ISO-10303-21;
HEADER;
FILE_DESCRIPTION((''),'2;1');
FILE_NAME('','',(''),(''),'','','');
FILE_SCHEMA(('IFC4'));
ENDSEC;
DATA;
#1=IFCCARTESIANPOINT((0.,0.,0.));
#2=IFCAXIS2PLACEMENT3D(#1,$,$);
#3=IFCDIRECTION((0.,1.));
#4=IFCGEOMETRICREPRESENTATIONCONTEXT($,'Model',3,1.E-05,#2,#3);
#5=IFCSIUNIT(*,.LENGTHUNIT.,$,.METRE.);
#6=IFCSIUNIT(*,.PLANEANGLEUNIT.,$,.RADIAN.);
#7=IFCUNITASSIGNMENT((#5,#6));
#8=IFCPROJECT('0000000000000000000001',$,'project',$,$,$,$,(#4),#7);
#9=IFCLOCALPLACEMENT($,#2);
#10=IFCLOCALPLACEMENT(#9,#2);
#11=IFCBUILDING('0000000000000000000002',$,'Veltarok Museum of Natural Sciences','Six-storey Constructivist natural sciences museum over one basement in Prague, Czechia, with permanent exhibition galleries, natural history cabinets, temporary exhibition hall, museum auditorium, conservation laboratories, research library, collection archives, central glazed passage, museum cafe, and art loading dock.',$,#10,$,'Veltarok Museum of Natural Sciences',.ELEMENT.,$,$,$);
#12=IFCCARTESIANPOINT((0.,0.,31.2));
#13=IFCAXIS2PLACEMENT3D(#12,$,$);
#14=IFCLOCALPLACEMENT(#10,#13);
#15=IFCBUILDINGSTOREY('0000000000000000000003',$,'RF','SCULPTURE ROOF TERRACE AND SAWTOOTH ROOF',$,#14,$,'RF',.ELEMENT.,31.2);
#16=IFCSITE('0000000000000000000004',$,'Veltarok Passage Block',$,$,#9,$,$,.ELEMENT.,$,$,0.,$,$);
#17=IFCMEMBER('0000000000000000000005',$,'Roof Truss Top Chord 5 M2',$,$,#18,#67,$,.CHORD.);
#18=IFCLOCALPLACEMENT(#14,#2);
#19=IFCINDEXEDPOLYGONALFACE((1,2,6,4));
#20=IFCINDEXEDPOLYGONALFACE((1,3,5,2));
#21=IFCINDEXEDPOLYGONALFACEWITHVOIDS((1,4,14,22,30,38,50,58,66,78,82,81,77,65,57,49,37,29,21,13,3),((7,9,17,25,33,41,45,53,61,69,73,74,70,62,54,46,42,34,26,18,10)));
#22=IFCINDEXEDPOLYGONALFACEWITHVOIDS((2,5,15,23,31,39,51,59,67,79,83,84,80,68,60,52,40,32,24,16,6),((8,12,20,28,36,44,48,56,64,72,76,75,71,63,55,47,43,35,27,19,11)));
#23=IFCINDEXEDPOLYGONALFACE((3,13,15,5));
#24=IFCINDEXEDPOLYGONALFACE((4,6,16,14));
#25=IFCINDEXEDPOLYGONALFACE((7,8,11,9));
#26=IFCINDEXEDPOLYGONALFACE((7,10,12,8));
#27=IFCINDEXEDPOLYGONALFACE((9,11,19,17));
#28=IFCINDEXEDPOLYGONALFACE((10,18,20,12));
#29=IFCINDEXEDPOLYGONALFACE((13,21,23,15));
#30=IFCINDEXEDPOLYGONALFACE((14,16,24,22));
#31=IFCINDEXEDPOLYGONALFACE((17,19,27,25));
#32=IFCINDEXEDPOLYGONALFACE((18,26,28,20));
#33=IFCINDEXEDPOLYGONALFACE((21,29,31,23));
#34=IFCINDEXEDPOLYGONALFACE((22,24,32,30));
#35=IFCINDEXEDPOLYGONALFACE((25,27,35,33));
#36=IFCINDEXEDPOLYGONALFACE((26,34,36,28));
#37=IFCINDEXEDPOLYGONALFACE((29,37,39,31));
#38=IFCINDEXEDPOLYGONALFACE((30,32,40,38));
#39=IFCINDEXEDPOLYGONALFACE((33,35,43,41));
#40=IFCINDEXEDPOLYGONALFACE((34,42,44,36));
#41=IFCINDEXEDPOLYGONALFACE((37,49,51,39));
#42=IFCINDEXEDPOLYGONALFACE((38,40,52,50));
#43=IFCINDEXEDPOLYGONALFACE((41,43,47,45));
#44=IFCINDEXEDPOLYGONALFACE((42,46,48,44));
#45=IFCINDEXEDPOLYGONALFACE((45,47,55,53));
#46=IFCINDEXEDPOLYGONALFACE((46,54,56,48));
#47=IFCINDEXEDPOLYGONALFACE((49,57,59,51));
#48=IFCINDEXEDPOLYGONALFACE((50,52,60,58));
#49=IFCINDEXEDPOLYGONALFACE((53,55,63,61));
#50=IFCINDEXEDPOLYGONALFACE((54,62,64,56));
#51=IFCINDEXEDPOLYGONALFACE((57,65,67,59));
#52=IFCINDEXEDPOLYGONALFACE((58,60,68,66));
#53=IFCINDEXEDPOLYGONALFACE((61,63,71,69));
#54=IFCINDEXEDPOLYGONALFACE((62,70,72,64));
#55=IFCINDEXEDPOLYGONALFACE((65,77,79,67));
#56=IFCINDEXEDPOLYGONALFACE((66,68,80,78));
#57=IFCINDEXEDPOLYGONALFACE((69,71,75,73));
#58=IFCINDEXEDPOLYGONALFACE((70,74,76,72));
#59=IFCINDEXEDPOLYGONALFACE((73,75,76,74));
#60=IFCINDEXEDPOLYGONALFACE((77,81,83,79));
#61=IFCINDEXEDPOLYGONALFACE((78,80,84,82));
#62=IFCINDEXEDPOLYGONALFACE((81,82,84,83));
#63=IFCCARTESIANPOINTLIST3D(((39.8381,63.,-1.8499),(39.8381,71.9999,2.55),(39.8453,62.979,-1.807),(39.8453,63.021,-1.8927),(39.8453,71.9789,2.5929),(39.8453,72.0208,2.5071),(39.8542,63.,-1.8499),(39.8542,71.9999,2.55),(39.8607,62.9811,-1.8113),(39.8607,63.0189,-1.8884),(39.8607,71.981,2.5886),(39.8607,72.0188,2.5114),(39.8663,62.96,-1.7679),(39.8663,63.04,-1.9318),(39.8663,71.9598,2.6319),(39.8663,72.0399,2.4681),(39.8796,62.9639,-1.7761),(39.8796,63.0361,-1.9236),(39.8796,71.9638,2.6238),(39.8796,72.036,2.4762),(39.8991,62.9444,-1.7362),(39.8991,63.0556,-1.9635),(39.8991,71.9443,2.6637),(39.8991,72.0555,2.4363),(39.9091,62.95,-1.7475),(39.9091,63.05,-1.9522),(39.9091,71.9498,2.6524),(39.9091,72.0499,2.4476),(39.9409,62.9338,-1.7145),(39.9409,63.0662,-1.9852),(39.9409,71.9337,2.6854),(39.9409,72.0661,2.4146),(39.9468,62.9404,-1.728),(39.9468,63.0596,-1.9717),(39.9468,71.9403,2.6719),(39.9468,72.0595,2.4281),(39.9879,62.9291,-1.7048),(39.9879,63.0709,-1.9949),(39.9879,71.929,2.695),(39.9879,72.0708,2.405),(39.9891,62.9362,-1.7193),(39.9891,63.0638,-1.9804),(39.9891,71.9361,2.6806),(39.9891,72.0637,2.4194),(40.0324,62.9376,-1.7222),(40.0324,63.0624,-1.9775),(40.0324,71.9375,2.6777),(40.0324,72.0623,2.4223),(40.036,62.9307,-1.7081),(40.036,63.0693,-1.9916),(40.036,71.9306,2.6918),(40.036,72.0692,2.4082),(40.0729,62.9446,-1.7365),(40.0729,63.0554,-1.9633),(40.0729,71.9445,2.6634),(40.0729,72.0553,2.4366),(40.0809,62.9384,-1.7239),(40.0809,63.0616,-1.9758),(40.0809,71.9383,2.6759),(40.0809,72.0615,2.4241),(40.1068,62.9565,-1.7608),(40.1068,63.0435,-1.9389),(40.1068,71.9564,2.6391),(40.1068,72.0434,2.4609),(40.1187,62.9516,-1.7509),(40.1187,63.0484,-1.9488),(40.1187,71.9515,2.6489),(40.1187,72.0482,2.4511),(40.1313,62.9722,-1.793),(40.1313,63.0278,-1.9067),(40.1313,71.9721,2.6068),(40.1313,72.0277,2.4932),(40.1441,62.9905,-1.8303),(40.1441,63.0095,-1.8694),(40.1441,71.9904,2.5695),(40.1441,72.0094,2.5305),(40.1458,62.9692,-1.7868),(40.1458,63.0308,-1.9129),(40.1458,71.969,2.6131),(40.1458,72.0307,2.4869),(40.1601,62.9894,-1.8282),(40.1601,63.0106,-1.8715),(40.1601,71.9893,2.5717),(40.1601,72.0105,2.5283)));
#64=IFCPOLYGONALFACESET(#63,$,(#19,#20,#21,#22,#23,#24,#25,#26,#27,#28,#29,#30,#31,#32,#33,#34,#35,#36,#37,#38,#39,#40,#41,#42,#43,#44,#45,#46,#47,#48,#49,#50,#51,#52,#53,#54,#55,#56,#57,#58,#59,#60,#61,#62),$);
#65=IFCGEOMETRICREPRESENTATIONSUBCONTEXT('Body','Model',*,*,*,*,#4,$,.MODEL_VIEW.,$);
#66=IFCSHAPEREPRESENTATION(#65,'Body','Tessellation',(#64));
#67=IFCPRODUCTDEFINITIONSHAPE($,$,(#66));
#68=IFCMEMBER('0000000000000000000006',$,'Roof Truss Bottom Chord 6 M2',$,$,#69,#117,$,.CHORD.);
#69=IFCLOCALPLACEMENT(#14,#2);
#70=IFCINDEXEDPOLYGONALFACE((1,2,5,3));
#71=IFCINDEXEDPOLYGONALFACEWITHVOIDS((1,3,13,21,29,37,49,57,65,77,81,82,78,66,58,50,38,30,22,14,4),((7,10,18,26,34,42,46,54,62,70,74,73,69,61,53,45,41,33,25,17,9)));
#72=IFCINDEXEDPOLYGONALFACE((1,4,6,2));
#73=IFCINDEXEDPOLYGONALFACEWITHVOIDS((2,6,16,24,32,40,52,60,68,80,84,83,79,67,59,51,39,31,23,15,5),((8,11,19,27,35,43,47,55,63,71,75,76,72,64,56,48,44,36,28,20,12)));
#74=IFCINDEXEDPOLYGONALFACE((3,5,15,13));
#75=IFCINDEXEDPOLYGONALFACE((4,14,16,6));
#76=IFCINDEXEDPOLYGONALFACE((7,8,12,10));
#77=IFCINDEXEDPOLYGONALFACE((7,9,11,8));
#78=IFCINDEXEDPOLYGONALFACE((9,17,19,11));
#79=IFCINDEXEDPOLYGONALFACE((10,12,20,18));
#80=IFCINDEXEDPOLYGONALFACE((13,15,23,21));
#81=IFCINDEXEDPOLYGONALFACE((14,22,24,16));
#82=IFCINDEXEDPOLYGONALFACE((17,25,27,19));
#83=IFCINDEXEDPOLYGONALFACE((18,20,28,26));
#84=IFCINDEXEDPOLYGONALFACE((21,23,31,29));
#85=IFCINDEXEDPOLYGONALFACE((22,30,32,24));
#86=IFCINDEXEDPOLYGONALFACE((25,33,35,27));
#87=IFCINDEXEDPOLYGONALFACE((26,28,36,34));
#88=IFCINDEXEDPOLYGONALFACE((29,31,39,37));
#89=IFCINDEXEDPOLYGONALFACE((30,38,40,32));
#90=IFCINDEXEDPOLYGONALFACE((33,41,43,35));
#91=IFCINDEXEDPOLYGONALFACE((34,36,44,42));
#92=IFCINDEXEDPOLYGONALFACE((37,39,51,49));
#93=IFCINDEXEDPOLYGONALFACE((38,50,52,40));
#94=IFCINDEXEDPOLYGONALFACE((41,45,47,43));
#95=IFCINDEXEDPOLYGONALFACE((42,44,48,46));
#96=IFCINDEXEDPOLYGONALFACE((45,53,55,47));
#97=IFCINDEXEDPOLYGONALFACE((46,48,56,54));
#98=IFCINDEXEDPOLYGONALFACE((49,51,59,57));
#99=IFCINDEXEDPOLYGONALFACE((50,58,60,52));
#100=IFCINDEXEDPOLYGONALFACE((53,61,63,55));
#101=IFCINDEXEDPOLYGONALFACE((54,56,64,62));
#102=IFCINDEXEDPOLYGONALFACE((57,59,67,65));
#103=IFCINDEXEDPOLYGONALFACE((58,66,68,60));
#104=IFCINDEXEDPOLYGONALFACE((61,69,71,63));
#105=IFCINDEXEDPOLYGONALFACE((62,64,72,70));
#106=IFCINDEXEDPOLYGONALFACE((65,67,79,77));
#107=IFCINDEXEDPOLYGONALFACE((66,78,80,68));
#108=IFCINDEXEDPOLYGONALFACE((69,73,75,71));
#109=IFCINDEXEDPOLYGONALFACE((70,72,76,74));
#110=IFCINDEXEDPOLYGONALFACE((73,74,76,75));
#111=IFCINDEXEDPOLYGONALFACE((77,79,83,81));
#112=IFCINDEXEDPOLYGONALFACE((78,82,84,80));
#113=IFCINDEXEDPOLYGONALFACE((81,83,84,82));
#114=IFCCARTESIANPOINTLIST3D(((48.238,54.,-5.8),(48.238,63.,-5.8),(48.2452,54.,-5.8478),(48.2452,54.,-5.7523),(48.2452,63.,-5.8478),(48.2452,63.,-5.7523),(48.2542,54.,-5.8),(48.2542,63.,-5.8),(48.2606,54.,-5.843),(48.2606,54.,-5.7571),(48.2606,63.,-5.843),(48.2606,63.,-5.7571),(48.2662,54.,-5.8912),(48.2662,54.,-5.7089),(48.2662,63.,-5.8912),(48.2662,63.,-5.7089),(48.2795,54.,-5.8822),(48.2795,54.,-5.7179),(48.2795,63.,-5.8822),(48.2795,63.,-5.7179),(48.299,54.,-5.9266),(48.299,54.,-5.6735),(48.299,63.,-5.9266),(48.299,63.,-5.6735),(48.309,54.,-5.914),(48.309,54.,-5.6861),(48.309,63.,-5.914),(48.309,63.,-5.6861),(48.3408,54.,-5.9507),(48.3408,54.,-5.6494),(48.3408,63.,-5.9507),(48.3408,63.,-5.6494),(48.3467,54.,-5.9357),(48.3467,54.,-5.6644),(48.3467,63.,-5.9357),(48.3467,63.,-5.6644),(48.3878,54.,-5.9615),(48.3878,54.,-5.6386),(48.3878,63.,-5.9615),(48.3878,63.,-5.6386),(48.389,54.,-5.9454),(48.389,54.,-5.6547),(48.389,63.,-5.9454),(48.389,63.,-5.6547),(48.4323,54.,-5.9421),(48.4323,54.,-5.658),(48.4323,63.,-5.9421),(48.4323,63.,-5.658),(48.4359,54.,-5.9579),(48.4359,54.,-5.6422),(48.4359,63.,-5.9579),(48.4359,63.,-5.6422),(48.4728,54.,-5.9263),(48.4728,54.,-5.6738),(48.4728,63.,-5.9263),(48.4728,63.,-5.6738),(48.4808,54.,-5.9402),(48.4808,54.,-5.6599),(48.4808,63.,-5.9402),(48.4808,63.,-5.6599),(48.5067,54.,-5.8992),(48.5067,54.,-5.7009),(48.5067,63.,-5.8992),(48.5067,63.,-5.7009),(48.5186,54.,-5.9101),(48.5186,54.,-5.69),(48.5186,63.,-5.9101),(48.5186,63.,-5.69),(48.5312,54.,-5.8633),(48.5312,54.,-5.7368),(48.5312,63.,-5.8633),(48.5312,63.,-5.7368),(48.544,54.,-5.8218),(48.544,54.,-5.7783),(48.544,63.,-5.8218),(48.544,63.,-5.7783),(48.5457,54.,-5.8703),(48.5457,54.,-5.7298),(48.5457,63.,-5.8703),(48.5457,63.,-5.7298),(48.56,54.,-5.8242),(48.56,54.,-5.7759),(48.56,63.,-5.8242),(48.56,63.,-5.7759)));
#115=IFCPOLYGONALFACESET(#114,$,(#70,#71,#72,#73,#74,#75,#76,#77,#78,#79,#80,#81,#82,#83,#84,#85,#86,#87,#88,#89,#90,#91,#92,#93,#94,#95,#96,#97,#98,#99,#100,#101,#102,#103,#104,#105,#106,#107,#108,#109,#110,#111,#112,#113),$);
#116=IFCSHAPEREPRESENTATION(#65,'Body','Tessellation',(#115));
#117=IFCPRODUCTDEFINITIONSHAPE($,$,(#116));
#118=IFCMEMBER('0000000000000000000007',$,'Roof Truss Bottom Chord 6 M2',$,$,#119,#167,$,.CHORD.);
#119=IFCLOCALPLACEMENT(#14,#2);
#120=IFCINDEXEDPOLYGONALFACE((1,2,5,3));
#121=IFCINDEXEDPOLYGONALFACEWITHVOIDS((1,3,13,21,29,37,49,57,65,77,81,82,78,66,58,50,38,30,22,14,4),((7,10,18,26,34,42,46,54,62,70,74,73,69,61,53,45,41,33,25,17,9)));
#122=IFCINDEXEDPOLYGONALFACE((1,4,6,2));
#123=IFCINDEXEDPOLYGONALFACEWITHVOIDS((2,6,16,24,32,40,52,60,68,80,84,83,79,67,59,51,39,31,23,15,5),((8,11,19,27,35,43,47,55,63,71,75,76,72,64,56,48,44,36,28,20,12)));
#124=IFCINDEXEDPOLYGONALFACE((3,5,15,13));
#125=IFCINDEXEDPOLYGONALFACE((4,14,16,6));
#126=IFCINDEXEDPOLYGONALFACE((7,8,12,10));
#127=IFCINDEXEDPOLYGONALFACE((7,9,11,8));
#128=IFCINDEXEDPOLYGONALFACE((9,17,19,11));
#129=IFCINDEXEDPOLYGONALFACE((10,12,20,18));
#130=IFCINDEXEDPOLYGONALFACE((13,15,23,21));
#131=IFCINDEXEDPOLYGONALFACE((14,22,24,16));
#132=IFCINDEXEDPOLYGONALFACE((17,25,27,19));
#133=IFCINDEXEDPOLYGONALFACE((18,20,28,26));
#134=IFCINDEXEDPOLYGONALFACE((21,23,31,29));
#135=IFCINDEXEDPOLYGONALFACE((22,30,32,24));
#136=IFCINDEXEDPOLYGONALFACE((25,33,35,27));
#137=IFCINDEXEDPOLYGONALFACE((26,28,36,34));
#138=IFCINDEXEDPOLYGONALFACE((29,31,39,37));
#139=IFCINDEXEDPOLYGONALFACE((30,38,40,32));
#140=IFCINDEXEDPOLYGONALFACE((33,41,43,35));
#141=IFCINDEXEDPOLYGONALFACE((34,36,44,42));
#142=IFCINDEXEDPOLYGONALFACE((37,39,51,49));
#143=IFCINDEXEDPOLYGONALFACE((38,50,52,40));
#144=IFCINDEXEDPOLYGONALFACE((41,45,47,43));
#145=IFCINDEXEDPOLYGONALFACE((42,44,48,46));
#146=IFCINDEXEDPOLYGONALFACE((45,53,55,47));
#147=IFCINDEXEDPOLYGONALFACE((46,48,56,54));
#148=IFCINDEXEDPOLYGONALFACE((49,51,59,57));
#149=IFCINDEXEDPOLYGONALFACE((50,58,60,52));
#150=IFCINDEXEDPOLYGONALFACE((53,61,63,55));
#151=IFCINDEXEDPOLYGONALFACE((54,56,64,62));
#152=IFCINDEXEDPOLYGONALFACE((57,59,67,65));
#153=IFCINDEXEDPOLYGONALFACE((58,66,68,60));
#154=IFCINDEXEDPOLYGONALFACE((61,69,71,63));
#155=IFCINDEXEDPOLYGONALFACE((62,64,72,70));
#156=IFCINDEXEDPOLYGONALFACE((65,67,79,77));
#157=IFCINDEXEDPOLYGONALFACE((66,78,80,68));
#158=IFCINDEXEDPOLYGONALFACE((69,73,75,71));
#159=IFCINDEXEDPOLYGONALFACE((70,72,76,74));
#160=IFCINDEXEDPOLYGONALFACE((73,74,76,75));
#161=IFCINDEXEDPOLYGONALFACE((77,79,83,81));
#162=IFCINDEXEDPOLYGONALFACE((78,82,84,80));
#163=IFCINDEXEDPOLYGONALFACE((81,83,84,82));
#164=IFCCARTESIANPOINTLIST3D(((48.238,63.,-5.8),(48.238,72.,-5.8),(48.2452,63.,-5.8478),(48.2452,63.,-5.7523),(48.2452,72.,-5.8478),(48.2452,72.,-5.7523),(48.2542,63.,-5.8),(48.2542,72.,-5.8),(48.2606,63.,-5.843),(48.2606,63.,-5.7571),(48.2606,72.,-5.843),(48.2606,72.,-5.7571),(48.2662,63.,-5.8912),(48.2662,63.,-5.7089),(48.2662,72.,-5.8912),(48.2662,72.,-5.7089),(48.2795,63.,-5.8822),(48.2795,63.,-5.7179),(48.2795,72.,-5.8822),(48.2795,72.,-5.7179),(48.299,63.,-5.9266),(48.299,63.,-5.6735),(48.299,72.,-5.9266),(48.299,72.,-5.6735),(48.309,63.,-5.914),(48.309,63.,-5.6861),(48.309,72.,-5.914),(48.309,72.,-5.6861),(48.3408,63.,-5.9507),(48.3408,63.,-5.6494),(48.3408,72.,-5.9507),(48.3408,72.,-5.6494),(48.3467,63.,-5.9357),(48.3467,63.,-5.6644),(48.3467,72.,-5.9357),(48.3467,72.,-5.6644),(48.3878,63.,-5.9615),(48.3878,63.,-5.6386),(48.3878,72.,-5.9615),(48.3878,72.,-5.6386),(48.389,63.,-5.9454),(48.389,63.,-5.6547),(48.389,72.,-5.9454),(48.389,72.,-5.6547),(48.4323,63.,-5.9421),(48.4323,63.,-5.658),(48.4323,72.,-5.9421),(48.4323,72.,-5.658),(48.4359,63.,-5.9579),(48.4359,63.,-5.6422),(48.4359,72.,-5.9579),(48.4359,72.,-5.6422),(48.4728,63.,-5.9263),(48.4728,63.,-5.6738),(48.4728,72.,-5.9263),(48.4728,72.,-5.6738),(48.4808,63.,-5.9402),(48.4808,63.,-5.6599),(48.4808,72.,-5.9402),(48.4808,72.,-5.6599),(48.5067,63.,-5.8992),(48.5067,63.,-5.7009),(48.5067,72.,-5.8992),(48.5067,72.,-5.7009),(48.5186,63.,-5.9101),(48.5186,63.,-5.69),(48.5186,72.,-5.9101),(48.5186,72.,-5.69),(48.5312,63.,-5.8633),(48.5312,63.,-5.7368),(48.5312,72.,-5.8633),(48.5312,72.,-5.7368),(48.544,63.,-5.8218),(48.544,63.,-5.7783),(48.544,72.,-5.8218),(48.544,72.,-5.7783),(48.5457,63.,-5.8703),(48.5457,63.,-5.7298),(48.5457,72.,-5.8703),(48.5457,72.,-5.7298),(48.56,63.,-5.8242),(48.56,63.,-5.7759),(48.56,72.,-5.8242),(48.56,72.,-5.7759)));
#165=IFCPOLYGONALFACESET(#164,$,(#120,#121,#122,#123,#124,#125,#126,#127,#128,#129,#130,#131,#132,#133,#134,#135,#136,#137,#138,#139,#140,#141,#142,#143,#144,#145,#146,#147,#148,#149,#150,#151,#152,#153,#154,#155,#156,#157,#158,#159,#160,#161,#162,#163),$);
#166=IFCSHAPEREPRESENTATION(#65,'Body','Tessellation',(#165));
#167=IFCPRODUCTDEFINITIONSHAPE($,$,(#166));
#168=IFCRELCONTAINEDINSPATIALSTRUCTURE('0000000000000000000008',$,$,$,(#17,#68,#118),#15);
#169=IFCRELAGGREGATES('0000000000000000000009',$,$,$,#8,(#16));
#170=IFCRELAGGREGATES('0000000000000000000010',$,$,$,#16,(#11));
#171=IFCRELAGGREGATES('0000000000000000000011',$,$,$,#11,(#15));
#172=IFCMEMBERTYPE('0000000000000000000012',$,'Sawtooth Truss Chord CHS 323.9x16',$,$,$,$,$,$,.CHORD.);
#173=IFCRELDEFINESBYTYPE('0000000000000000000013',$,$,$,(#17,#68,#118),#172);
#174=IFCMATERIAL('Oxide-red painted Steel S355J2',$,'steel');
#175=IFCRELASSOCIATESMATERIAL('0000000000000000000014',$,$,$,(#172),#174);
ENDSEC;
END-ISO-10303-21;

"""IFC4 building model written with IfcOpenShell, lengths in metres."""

from ifc_helpers import new_model, si_unit, direction, frame, origin, origin_2d, place, context, subcontext, project, spatial, hollow_circle, extrude, material, material_profile, profile_set, type_object, element, save


model = new_model("IFC4")

# Units and contexts
model_context = context("Model", 3, precision=1e-05, world=origin(), true_north=direction((0.0, 1.0)))
body_context = subcontext(model_context, "Body", "Model", "MODEL_VIEW")
ifc_project = project(units=[si_unit("LENGTHUNIT", "METRE"), si_unit("PLANEANGLEUNIT", "RADIAN")], contexts=[model_context])

# Site, building, storey
site_placement = place(None, origin())
site = spatial("IfcSite", under=ifc_project, at=site_placement, Name="Veltarok Passage Block", CompositionType="ELEMENT", RefElevation=0.0)
building_placement = place(site_placement, origin())
building = spatial("IfcBuilding", under=site, at=building_placement, Name="Veltarok Museum of Natural Sciences", Description="Six-storey Constructivist natural sciences museum over one basement in Prague, Czechia, with permanent exhibition galleries, natural history cabinets, temporary exhibition hall, museum auditorium, conservation laboratories, research library, collection archives, central glazed passage, museum cafe, and art loading dock.", LongName="Veltarok Museum of Natural Sciences", CompositionType="ELEMENT")
storey_placement = place(building_placement, frame((0.0, 0.0, 31.2)))
storey = spatial("IfcBuildingStorey", under=building, at=storey_placement, Name="RF", Description="SCULPTURE ROOF TERRACE AND SAWTOOTH ROOF", LongName="RF", CompositionType="ELEMENT", Elevation=31.2)

# Members
ifc_material_1 = material(Name="Oxide-red painted Steel S355J2", Category="steel")
ifc_material_profile_1 = material_profile(ifc_material_1, hollow_circle(Radius=0.1619, WallThickness=0.0161, at=origin_2d()), Name="CHS 323.9x16")
ifc_profile_set_1 = profile_set([ifc_material_profile_1], Name="Oxide-red painted Steel S355J2")
member_type_1 = type_object("IfcMemberType", Name="Sawtooth Truss Chord CHS 323.9x16", PredefinedType="CHORD", material=ifc_profile_set_1)
member_1_placement = place(storey_placement, frame((40.0, 63.0, -1.8499), z_axis=(0.0, 0.898388, 0.439202), x_axis=(-1.0, 0.0, 0.0)))
element("IfcMember", 1, at=member_1_placement, inside=storey, type_object=member_type_1, Name="Roof Truss Top Chord 5 M2", PredefinedType="CHORD", context=body_context, shape_type="SweptSolid", body=[
    extrude(hollow_circle(Radius=0.1619, WallThickness=0.0161, at=origin_2d()), origin(), (0.0, 0.0, 1.0), 10.0178),
])
for number, where, z_axis, x_axis, name in (
    (2, (48.3999, 54.0, -5.8), (0.0, 1.0, 0.0), (-1.0, 0.0, 0.0), "Roof Truss Bottom Chord 6 M2"),
    (3, (48.3999, 63.0, -5.8), (0.0, 1.0, 0.0), (-1.0, 0.0, 0.0), "Roof Truss Bottom Chord 6 M2"),
):
    element("IfcMember", number, at=place(storey_placement, frame(where, z_axis=z_axis, x_axis=x_axis)), inside=storey, type_object=member_type_1, Name=name, PredefinedType="CHORD", context=body_context, shape_type="SweptSolid", body=[
        extrude(hollow_circle(Radius=0.1619, WallThickness=0.0161, at=origin_2d()), origin(), (0.0, 0.0, 1.0), 9.0),
    ])

save(model, "model.ifc")
